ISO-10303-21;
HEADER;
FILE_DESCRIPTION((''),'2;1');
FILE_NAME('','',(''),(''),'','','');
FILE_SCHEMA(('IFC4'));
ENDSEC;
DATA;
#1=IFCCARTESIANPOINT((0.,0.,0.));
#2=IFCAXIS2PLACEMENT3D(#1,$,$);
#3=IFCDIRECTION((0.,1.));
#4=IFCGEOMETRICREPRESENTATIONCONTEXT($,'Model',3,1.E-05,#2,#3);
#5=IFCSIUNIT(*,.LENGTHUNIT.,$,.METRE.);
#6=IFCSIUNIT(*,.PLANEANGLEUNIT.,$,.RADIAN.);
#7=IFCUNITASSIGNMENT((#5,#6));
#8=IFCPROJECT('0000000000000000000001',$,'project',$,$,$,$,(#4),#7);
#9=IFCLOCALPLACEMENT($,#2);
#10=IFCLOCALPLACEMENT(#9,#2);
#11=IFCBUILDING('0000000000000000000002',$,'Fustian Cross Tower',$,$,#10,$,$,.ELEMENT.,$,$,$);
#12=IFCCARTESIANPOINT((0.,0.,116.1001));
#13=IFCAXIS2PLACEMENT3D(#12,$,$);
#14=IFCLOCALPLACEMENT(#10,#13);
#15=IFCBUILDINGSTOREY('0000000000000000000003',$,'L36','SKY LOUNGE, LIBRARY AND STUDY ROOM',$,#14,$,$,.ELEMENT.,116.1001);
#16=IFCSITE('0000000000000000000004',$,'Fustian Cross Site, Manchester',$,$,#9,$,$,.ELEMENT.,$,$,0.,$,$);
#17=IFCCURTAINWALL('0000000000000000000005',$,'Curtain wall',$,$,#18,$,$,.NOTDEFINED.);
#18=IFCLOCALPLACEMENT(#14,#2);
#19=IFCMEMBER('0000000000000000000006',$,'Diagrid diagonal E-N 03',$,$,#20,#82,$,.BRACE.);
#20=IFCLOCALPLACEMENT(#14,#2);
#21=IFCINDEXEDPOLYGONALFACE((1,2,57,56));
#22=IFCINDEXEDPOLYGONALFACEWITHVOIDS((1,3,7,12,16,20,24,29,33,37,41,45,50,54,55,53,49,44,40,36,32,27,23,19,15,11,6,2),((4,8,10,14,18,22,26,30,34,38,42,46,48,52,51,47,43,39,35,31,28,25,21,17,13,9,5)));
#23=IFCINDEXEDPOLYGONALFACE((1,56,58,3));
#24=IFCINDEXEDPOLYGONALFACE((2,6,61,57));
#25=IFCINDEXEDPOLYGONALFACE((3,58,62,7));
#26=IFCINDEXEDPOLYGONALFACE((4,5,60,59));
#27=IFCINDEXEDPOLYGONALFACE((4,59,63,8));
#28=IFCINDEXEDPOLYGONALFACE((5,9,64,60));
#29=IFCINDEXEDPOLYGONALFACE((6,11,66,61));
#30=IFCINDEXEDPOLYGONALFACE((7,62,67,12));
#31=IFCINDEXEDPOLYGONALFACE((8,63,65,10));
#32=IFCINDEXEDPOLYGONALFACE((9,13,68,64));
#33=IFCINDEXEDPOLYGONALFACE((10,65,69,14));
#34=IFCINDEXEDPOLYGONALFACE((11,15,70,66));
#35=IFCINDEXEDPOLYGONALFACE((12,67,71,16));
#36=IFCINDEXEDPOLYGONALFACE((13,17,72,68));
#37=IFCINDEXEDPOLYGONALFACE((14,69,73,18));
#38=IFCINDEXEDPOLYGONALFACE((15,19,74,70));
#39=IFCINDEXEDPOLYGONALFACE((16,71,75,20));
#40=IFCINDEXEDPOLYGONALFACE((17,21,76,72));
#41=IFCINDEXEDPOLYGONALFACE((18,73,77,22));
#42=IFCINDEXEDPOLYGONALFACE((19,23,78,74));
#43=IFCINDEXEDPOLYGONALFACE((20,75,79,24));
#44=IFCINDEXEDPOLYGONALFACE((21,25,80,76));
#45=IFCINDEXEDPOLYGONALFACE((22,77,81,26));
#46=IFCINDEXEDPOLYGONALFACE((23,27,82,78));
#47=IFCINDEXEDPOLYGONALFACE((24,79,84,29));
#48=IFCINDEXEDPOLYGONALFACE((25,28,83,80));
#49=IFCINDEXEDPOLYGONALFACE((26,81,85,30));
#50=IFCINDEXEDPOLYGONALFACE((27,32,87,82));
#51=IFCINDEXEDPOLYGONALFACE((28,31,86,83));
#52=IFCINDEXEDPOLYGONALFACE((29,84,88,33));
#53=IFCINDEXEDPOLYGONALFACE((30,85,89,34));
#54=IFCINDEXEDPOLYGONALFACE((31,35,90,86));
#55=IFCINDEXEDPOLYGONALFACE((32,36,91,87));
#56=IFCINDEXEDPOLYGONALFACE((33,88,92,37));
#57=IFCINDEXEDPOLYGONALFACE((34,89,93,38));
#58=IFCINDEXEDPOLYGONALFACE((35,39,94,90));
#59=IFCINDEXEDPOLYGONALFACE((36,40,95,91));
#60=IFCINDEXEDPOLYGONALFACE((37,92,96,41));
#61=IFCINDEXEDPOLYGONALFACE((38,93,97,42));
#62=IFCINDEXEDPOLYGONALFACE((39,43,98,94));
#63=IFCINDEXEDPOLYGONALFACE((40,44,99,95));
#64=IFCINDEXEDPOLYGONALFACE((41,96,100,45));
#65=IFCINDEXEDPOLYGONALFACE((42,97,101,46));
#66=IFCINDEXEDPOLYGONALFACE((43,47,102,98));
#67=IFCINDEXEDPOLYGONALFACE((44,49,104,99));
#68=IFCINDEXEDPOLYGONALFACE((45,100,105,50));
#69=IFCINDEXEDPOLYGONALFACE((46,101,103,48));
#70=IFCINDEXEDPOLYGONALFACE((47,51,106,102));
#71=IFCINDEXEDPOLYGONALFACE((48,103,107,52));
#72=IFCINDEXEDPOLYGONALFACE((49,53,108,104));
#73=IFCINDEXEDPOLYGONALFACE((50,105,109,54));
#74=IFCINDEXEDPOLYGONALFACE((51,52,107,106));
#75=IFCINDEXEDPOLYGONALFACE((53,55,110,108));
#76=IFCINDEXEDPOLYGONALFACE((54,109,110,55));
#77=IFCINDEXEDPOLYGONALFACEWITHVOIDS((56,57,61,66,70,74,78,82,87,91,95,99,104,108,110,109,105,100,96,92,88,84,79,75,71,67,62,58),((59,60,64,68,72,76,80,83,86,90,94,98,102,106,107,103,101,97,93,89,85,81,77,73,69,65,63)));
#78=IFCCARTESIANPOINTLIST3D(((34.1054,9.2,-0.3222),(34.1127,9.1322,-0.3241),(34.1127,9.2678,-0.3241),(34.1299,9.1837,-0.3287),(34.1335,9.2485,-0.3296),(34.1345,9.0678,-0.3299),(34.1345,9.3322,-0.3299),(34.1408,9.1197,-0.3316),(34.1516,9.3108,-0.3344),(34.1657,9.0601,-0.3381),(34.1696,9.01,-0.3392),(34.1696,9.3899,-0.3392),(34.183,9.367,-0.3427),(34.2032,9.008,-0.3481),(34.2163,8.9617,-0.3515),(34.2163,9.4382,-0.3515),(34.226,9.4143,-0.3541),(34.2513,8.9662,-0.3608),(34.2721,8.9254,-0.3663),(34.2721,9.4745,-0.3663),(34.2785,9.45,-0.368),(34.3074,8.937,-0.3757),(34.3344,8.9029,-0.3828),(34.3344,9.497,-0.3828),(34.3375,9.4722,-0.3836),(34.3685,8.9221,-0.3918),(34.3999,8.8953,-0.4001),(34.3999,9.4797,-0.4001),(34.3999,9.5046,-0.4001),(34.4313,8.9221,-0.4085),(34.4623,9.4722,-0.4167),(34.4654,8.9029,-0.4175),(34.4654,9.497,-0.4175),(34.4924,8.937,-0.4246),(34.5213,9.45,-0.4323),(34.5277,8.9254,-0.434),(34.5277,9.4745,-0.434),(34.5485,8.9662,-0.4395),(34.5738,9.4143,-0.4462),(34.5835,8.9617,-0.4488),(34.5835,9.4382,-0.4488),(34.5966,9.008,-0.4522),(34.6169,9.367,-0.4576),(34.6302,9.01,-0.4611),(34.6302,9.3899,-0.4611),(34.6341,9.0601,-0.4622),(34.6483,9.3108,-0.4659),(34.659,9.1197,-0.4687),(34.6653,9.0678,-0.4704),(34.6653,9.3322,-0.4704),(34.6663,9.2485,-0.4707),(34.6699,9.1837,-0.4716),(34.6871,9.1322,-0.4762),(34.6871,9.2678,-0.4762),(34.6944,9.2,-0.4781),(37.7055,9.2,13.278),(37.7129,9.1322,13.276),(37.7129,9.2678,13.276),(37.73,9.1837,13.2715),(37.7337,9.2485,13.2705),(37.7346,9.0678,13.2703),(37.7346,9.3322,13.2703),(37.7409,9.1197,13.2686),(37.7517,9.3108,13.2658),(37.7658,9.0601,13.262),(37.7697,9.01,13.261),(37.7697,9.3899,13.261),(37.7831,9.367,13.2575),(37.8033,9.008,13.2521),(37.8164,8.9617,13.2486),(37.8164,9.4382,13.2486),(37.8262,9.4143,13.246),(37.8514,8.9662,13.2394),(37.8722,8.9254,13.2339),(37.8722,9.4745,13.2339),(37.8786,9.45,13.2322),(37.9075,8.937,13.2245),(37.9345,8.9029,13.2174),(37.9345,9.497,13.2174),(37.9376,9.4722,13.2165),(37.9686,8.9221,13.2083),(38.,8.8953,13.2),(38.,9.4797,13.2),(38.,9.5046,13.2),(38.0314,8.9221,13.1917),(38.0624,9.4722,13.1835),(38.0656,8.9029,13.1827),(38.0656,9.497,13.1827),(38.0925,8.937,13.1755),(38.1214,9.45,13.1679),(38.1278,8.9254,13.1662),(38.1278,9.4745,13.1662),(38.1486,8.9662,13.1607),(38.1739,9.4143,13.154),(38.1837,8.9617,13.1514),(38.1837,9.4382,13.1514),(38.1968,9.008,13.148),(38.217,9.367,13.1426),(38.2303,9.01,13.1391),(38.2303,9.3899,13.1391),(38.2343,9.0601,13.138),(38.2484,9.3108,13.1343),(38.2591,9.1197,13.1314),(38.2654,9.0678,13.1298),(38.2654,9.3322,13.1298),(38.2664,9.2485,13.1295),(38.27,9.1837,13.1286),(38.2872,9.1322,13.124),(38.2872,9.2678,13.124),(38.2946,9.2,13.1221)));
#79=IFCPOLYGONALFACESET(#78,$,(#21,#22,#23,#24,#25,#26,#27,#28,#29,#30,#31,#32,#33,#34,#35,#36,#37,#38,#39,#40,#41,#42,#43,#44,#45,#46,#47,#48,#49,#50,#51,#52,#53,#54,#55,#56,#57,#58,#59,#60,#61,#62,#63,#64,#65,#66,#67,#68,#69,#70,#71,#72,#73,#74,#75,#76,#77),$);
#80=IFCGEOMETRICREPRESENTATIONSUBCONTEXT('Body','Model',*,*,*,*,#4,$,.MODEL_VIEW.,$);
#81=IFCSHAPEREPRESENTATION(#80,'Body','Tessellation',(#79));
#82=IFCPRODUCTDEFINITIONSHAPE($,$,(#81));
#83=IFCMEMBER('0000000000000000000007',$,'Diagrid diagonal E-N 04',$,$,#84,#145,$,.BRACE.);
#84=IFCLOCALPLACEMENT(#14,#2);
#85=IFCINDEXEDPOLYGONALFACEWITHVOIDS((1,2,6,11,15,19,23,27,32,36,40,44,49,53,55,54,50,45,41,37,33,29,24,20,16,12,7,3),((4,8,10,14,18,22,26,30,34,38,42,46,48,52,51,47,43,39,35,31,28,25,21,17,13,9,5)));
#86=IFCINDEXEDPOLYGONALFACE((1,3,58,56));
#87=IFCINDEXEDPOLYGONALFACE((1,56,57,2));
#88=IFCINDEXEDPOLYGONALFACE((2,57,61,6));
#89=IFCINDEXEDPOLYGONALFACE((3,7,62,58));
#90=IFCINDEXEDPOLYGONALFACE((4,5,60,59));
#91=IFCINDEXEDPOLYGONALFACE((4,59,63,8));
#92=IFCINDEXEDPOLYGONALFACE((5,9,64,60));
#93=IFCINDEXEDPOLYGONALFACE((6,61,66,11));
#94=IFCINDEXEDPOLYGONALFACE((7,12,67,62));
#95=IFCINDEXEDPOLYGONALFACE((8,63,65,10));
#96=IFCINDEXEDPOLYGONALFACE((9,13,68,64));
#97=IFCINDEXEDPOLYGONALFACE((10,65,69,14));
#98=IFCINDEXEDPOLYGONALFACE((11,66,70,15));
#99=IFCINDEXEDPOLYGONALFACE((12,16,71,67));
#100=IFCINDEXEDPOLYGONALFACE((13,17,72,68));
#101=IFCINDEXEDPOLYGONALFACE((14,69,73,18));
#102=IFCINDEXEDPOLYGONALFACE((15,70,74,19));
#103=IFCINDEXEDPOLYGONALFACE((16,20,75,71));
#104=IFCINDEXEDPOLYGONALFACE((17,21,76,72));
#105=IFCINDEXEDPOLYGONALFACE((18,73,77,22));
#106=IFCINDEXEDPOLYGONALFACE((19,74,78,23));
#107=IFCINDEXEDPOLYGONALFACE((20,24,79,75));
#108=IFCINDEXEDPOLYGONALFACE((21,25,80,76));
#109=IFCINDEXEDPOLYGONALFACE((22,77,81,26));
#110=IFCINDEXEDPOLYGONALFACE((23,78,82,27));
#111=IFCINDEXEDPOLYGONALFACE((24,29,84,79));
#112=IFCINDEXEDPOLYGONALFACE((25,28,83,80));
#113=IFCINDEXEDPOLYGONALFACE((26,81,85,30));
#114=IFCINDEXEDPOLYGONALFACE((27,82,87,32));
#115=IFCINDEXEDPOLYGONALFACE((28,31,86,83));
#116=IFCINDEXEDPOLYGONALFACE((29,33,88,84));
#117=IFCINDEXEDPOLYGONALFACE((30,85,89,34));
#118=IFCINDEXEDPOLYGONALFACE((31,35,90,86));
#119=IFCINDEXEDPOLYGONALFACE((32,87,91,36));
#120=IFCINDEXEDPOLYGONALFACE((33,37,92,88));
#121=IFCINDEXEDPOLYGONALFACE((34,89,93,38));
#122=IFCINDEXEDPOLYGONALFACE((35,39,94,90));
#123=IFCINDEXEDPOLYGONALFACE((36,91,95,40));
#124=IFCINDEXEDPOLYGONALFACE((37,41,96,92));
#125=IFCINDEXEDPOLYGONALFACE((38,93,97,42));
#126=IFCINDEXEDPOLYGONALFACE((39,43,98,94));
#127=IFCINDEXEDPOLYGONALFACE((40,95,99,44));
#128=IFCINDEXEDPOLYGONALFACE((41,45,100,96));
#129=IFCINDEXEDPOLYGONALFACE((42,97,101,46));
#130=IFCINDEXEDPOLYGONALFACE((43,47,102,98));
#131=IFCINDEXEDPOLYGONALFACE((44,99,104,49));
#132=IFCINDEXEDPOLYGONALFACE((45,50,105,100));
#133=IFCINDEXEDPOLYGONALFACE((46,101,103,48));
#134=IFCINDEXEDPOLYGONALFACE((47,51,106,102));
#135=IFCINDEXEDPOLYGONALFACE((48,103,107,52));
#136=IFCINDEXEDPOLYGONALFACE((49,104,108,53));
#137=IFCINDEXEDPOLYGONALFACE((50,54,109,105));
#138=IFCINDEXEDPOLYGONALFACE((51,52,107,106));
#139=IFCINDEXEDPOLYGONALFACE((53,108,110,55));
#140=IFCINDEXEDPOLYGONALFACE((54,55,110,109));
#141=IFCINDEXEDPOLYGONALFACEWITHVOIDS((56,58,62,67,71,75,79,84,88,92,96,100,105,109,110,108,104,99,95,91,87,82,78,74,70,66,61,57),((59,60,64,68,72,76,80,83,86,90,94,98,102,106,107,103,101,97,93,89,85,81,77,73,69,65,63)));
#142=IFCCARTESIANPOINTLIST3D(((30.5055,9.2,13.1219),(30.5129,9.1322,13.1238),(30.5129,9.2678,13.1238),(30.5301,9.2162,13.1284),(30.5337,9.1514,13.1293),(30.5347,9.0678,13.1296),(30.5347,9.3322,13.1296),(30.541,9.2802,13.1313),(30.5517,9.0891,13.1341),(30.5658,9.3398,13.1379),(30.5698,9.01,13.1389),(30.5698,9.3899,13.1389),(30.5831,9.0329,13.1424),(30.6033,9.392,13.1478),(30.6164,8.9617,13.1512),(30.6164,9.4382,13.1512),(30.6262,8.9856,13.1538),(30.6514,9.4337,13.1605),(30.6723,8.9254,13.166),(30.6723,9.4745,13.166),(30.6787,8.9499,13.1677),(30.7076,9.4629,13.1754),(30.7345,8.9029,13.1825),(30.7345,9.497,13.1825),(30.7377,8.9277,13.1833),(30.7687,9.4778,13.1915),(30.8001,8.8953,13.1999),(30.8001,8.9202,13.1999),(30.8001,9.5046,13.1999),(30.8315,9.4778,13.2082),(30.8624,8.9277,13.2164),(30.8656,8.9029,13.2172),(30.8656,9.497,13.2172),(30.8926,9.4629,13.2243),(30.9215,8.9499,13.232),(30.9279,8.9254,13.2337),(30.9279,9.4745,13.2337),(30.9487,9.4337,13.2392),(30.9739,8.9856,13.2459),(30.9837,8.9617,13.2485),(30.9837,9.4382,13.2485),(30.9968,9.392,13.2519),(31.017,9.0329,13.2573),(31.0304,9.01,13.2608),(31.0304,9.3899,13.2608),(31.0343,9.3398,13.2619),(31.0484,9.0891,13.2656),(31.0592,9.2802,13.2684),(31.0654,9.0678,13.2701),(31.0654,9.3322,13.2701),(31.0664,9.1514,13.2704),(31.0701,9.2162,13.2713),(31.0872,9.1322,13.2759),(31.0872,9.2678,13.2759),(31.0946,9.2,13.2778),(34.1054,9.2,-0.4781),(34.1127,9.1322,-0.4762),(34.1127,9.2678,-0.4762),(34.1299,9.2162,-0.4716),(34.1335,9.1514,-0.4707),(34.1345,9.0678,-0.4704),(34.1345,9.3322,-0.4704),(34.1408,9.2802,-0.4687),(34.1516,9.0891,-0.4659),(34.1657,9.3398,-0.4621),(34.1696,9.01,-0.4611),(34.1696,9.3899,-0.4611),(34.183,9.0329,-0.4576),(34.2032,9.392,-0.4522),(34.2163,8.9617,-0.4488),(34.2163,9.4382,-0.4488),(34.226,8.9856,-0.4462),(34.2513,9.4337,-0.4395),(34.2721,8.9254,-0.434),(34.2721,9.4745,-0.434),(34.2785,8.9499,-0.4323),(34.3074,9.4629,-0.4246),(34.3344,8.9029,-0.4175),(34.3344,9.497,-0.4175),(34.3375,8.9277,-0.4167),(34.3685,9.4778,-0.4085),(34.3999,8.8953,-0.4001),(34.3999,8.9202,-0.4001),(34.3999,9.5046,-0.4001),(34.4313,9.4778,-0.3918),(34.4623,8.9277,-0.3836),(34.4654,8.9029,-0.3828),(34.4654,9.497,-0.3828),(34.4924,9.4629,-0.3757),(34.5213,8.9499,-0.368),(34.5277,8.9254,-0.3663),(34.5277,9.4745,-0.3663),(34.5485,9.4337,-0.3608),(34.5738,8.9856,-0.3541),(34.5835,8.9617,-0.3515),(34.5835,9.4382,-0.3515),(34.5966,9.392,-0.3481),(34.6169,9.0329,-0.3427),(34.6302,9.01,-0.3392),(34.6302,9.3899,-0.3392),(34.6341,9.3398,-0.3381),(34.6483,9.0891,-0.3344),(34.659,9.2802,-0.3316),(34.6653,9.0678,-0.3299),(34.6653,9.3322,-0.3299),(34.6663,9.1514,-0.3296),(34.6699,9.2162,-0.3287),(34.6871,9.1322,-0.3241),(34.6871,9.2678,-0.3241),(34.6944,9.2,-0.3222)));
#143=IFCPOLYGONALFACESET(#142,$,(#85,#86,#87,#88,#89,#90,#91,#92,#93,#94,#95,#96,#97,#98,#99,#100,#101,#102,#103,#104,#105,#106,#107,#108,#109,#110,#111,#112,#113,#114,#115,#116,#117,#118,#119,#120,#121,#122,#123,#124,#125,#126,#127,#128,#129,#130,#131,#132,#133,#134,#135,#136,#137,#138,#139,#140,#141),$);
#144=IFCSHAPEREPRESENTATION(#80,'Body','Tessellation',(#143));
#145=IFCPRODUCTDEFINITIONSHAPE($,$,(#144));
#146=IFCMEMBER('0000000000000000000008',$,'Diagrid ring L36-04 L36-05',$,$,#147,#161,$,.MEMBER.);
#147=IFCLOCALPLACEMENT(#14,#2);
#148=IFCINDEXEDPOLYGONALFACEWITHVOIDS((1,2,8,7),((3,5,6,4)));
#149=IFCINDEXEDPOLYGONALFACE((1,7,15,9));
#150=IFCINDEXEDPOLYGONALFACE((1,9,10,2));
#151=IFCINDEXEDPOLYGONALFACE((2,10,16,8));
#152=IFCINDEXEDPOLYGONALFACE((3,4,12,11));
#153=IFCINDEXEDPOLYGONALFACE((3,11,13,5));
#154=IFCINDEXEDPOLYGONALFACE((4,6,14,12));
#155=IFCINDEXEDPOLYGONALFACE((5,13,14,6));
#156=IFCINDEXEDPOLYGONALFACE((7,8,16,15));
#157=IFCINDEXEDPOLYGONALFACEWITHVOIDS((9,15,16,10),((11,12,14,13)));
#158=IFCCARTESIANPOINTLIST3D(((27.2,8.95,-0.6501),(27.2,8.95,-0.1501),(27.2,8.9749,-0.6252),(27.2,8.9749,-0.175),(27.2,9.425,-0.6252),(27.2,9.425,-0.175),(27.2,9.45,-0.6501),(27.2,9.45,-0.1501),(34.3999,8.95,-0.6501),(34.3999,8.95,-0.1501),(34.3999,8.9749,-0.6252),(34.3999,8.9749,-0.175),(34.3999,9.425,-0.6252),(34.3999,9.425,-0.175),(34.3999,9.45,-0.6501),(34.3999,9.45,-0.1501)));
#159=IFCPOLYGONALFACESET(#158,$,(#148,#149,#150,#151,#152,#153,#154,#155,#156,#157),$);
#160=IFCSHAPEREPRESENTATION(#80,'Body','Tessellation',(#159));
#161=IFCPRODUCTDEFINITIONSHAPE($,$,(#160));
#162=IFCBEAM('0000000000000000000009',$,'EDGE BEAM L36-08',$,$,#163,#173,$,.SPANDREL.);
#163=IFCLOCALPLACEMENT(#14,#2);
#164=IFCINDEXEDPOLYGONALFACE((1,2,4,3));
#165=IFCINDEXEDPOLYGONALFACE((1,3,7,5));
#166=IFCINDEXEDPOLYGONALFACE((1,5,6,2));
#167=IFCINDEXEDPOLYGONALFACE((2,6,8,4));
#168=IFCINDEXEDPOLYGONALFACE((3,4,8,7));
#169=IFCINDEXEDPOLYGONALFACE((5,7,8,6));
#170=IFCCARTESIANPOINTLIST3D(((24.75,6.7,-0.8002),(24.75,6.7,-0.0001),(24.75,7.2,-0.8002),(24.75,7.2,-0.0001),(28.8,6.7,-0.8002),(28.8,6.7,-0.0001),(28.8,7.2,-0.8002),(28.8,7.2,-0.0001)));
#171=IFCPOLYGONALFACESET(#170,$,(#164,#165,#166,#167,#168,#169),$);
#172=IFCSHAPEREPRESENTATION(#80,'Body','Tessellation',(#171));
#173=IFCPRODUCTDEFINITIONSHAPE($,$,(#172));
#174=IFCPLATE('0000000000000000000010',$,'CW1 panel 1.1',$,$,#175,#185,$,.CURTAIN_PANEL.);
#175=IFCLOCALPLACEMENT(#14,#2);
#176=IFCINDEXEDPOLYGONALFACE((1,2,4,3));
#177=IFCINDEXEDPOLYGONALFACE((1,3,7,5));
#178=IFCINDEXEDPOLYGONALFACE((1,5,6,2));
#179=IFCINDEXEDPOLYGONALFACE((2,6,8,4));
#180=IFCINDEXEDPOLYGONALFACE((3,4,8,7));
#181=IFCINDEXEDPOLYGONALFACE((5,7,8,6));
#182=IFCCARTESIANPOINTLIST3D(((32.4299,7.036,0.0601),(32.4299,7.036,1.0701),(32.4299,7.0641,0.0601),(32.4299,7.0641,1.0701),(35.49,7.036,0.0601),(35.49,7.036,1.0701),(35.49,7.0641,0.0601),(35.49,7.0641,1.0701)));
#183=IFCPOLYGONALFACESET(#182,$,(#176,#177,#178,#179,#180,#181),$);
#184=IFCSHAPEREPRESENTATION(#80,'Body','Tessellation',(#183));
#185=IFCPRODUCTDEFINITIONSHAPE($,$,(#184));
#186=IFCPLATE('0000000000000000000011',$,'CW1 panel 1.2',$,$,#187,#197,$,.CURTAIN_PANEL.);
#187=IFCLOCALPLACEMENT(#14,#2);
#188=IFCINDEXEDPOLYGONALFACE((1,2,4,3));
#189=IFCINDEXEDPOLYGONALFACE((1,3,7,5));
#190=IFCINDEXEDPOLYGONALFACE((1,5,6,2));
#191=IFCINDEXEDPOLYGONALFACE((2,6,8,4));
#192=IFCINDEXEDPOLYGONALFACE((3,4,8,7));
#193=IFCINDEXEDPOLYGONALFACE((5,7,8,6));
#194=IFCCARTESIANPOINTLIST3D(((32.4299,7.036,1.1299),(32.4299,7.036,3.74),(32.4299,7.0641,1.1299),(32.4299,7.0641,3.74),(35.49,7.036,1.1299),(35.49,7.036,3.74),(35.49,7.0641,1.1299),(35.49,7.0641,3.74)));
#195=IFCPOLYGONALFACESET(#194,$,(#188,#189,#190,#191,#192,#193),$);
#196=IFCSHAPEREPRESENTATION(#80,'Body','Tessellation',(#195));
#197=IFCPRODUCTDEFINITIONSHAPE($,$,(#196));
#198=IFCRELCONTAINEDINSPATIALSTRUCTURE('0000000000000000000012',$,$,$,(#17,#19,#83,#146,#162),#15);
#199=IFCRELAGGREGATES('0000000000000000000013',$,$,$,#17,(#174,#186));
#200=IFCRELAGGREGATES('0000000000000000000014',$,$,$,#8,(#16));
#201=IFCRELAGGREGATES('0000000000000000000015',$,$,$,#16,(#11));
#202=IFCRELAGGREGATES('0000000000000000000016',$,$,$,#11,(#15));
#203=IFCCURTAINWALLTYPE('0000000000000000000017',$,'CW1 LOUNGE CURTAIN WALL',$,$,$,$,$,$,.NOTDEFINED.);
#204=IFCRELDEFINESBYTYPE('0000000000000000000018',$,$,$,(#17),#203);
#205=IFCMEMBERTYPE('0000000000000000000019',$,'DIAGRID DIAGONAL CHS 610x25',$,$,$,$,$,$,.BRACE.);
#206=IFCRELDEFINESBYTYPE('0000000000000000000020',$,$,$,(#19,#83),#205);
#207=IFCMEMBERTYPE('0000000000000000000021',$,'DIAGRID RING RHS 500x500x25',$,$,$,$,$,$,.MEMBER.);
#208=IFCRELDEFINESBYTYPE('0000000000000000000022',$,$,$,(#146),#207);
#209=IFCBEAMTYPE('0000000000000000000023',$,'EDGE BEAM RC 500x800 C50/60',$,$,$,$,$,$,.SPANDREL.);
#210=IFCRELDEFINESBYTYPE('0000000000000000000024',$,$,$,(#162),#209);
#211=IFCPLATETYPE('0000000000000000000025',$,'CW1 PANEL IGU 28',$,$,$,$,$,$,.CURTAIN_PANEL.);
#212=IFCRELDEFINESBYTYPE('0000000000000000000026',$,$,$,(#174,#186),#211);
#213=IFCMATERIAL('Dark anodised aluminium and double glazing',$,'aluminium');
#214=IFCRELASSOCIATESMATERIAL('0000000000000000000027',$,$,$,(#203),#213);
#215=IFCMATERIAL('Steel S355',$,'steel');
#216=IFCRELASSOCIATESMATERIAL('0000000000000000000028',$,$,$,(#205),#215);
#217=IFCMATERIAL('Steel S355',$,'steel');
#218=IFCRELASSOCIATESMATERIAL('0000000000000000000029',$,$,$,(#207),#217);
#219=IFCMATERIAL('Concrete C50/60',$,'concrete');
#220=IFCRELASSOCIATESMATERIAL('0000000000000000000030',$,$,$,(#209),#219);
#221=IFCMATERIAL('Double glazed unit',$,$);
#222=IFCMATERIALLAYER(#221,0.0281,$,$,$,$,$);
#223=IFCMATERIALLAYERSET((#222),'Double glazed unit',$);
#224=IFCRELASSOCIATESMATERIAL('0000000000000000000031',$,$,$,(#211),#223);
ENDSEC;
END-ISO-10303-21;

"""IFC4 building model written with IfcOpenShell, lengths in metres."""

from ifc_helpers import new_model, si_unit, direction, frame, origin, origin_2d, place, context, subcontext, project, spatial, rectangle, hollow_rectangle, hollow_circle, extrude, material, layer, layer_set, material_profile, profile_set, type_object, element, aggregate, save


model = new_model("IFC4")

# Units and contexts
model_context = context("Model", 3, precision=1e-05, world=origin(), true_north=direction((0.0, 1.0)))
body_context = subcontext(model_context, "Body", "Model", "MODEL_VIEW")
ifc_project = project(units=[si_unit("LENGTHUNIT", "METRE"), si_unit("PLANEANGLEUNIT", "RADIAN")], contexts=[model_context])

# Site, building, storey
site_placement = place(None, origin())
site = spatial("IfcSite", under=ifc_project, at=site_placement, Name="Fustian Cross Site, Manchester", CompositionType="ELEMENT", RefElevation=0.0)
building_placement = place(site_placement, origin())
building = spatial("IfcBuilding", under=site, at=building_placement, Name="Fustian Cross Tower", CompositionType="ELEMENT")
storey_placement = place(building_placement, frame((0.0, 0.0, 116.1001)))
storey = spatial("IfcBuildingStorey", under=building, at=storey_placement, Name="L36", Description="SKY LOUNGE, LIBRARY AND STUDY ROOM", CompositionType="ELEMENT", Elevation=116.1001)

# Curtain wall
ifc_material_1 = material(Name="Dark anodised aluminium and double glazing", Category="aluminium")
curtain_wall_type = type_object("IfcCurtainWallType", Name="CW1 LOUNGE CURTAIN WALL", PredefinedType="NOTDEFINED", material=ifc_material_1)
curtain_wall_1_placement = place(storey_placement, origin())
curtain_wall_1 = element("IfcCurtainWall", 1, at=curtain_wall_1_placement, inside=storey, type_object=curtain_wall_type, Name="Curtain wall", PredefinedType="NOTDEFINED")

# Members
ifc_material_2 = material(Name="Steel S355", Category="steel")
ifc_material_profile_1 = material_profile(ifc_material_2, hollow_circle(Radius=0.3047, WallThickness=0.0249, at=origin_2d()), Name="CHS 610x25")
ifc_profile_set_1 = profile_set([ifc_material_profile_1], Name="Steel S355")
member_type_1 = type_object("IfcMemberType", Name="DIAGRID DIAGONAL CHS 610x25", PredefinedType="BRACE", material=ifc_profile_set_1)
member_1_placement = place(storey_placement, frame((34.3999, 9.2, -0.4001), z_axis=(0.255897, 0.0, 0.966704), x_axis=(0.0, 1.0, 0.0)))
element("IfcMember", 2, at=member_1_placement, inside=storey, type_object=member_type_1, Name="Diagrid diagonal E-N 03", PredefinedType="BRACE", context=body_context, shape_type="SweptSolid", body=[
    extrude(hollow_circle(Radius=0.3047, WallThickness=0.0249, at=origin_2d()), origin(), (0.0, 0.0, 1.0), 14.0686),
])
member_2_placement = place(storey_placement, frame((34.3999, 9.2, -0.4001), z_axis=(-0.255881, 0.0, 0.966708), x_axis=(0.0, -1.0, 0.0)))
element("IfcMember", 3, at=member_2_placement, inside=storey, type_object=member_type_1, Name="Diagrid diagonal E-N 04", PredefinedType="BRACE", context=body_context, shape_type="SweptSolid", body=[
    extrude(hollow_circle(Radius=0.3047, WallThickness=0.0249, at=origin_2d()), origin(), (0.0, 0.0, 1.0), 14.0684),
])
ifc_material_3 = material(Name="Steel S355", Category="steel")
ifc_material_profile_2 = material_profile(ifc_material_3, hollow_rectangle(XDim=0.5, YDim=0.5, WallThickness=0.0249, at=origin_2d()), Name="RHS 500x500x25")
ifc_profile_set_2 = profile_set([ifc_material_profile_2], Name="Steel S355")
member_type_2 = type_object("IfcMemberType", Name="DIAGRID RING RHS 500x500x25", PredefinedType="MEMBER", material=ifc_profile_set_2)
member_3_placement = place(storey_placement, frame((34.3999, 9.2, -0.4001), z_axis=(-1.0, 0.0, 0.0), x_axis=(0.0, -1.0, 0.0)))
element("IfcMember", 4, at=member_3_placement, inside=storey, type_object=member_type_2, Name="Diagrid ring L36-04 L36-05", PredefinedType="MEMBER", context=body_context, shape_type="SweptSolid", body=[
    extrude(hollow_rectangle(XDim=0.5, YDim=0.5, WallThickness=0.0249, at=origin_2d()), origin(), (0.0, 0.0, 1.0), 7.2),
])

# Beam
ifc_material_4 = material(Name="Concrete C50/60", Category="concrete")
ifc_material_profile_3 = material_profile(ifc_material_4, rectangle(XDim=0.5, YDim=0.8, at=origin_2d()), Name="RC 500x800")
ifc_profile_set_3 = profile_set([ifc_material_profile_3], Name="Concrete C50/60")
beam_type = type_object("IfcBeamType", Name="EDGE BEAM RC 500x800 C50/60", PredefinedType="SPANDREL", material=ifc_profile_set_3)
beam_placement = place(storey_placement, frame((28.8, 6.95, -0.4001), z_axis=(-1.0, 0.0, 0.0), x_axis=(0.0, -1.0, 0.0)))
element("IfcBeam", 5, at=beam_placement, inside=storey, type_object=beam_type, Name="EDGE BEAM L36-08", PredefinedType="SPANDREL", context=body_context, shape_type="SweptSolid", body=[
    extrude(rectangle(XDim=0.5, YDim=0.8, at=origin_2d()), origin(), (0.0, 0.0, 1.0), 4.05),
])

# Plates
ifc_material_5 = material(Name="Double glazed unit")
ifc_layer_1 = layer(ifc_material_5, 0.0281)
ifc_layer_set_1 = layer_set([ifc_layer_1], Name="Double glazed unit")
plate_type = type_object("IfcPlateType", Name="CW1 PANEL IGU 28", PredefinedType="CURTAIN_PANEL", material=ifc_layer_set_1)
plate_1_placement = place(storey_placement, frame((33.96, 7.05, 0.0601), z_axis=(0.0, 0.0, 1.0), x_axis=(-1.0, 0.0, 0.0)))
plate_1 = element("IfcPlate", 6, at=plate_1_placement, type_object=plate_type, Name="CW1 panel 1.1", PredefinedType="CURTAIN_PANEL", context=body_context, shape_type="SweptSolid", body=[
    extrude(rectangle(XDim=3.0601, YDim=0.0281, at=origin_2d()), origin(), (0.0, 0.0, 1.0), 1.01),
])
plate_2_placement = place(storey_placement, frame((33.96, 7.05, 1.1299), z_axis=(0.0, 0.0, 1.0), x_axis=(-1.0, 0.0, 0.0)))
plate_2 = element("IfcPlate", 7, at=plate_2_placement, type_object=plate_type, Name="CW1 panel 1.2", PredefinedType="CURTAIN_PANEL", context=body_context, shape_type="SweptSolid", body=[
    extrude(rectangle(XDim=3.0601, YDim=0.0281, at=origin_2d()), origin(), (0.0, 0.0, 1.0), 2.6101),
])
aggregate(curtain_wall_1, [plate_1, plate_2])

save(model, "model.ifc")
